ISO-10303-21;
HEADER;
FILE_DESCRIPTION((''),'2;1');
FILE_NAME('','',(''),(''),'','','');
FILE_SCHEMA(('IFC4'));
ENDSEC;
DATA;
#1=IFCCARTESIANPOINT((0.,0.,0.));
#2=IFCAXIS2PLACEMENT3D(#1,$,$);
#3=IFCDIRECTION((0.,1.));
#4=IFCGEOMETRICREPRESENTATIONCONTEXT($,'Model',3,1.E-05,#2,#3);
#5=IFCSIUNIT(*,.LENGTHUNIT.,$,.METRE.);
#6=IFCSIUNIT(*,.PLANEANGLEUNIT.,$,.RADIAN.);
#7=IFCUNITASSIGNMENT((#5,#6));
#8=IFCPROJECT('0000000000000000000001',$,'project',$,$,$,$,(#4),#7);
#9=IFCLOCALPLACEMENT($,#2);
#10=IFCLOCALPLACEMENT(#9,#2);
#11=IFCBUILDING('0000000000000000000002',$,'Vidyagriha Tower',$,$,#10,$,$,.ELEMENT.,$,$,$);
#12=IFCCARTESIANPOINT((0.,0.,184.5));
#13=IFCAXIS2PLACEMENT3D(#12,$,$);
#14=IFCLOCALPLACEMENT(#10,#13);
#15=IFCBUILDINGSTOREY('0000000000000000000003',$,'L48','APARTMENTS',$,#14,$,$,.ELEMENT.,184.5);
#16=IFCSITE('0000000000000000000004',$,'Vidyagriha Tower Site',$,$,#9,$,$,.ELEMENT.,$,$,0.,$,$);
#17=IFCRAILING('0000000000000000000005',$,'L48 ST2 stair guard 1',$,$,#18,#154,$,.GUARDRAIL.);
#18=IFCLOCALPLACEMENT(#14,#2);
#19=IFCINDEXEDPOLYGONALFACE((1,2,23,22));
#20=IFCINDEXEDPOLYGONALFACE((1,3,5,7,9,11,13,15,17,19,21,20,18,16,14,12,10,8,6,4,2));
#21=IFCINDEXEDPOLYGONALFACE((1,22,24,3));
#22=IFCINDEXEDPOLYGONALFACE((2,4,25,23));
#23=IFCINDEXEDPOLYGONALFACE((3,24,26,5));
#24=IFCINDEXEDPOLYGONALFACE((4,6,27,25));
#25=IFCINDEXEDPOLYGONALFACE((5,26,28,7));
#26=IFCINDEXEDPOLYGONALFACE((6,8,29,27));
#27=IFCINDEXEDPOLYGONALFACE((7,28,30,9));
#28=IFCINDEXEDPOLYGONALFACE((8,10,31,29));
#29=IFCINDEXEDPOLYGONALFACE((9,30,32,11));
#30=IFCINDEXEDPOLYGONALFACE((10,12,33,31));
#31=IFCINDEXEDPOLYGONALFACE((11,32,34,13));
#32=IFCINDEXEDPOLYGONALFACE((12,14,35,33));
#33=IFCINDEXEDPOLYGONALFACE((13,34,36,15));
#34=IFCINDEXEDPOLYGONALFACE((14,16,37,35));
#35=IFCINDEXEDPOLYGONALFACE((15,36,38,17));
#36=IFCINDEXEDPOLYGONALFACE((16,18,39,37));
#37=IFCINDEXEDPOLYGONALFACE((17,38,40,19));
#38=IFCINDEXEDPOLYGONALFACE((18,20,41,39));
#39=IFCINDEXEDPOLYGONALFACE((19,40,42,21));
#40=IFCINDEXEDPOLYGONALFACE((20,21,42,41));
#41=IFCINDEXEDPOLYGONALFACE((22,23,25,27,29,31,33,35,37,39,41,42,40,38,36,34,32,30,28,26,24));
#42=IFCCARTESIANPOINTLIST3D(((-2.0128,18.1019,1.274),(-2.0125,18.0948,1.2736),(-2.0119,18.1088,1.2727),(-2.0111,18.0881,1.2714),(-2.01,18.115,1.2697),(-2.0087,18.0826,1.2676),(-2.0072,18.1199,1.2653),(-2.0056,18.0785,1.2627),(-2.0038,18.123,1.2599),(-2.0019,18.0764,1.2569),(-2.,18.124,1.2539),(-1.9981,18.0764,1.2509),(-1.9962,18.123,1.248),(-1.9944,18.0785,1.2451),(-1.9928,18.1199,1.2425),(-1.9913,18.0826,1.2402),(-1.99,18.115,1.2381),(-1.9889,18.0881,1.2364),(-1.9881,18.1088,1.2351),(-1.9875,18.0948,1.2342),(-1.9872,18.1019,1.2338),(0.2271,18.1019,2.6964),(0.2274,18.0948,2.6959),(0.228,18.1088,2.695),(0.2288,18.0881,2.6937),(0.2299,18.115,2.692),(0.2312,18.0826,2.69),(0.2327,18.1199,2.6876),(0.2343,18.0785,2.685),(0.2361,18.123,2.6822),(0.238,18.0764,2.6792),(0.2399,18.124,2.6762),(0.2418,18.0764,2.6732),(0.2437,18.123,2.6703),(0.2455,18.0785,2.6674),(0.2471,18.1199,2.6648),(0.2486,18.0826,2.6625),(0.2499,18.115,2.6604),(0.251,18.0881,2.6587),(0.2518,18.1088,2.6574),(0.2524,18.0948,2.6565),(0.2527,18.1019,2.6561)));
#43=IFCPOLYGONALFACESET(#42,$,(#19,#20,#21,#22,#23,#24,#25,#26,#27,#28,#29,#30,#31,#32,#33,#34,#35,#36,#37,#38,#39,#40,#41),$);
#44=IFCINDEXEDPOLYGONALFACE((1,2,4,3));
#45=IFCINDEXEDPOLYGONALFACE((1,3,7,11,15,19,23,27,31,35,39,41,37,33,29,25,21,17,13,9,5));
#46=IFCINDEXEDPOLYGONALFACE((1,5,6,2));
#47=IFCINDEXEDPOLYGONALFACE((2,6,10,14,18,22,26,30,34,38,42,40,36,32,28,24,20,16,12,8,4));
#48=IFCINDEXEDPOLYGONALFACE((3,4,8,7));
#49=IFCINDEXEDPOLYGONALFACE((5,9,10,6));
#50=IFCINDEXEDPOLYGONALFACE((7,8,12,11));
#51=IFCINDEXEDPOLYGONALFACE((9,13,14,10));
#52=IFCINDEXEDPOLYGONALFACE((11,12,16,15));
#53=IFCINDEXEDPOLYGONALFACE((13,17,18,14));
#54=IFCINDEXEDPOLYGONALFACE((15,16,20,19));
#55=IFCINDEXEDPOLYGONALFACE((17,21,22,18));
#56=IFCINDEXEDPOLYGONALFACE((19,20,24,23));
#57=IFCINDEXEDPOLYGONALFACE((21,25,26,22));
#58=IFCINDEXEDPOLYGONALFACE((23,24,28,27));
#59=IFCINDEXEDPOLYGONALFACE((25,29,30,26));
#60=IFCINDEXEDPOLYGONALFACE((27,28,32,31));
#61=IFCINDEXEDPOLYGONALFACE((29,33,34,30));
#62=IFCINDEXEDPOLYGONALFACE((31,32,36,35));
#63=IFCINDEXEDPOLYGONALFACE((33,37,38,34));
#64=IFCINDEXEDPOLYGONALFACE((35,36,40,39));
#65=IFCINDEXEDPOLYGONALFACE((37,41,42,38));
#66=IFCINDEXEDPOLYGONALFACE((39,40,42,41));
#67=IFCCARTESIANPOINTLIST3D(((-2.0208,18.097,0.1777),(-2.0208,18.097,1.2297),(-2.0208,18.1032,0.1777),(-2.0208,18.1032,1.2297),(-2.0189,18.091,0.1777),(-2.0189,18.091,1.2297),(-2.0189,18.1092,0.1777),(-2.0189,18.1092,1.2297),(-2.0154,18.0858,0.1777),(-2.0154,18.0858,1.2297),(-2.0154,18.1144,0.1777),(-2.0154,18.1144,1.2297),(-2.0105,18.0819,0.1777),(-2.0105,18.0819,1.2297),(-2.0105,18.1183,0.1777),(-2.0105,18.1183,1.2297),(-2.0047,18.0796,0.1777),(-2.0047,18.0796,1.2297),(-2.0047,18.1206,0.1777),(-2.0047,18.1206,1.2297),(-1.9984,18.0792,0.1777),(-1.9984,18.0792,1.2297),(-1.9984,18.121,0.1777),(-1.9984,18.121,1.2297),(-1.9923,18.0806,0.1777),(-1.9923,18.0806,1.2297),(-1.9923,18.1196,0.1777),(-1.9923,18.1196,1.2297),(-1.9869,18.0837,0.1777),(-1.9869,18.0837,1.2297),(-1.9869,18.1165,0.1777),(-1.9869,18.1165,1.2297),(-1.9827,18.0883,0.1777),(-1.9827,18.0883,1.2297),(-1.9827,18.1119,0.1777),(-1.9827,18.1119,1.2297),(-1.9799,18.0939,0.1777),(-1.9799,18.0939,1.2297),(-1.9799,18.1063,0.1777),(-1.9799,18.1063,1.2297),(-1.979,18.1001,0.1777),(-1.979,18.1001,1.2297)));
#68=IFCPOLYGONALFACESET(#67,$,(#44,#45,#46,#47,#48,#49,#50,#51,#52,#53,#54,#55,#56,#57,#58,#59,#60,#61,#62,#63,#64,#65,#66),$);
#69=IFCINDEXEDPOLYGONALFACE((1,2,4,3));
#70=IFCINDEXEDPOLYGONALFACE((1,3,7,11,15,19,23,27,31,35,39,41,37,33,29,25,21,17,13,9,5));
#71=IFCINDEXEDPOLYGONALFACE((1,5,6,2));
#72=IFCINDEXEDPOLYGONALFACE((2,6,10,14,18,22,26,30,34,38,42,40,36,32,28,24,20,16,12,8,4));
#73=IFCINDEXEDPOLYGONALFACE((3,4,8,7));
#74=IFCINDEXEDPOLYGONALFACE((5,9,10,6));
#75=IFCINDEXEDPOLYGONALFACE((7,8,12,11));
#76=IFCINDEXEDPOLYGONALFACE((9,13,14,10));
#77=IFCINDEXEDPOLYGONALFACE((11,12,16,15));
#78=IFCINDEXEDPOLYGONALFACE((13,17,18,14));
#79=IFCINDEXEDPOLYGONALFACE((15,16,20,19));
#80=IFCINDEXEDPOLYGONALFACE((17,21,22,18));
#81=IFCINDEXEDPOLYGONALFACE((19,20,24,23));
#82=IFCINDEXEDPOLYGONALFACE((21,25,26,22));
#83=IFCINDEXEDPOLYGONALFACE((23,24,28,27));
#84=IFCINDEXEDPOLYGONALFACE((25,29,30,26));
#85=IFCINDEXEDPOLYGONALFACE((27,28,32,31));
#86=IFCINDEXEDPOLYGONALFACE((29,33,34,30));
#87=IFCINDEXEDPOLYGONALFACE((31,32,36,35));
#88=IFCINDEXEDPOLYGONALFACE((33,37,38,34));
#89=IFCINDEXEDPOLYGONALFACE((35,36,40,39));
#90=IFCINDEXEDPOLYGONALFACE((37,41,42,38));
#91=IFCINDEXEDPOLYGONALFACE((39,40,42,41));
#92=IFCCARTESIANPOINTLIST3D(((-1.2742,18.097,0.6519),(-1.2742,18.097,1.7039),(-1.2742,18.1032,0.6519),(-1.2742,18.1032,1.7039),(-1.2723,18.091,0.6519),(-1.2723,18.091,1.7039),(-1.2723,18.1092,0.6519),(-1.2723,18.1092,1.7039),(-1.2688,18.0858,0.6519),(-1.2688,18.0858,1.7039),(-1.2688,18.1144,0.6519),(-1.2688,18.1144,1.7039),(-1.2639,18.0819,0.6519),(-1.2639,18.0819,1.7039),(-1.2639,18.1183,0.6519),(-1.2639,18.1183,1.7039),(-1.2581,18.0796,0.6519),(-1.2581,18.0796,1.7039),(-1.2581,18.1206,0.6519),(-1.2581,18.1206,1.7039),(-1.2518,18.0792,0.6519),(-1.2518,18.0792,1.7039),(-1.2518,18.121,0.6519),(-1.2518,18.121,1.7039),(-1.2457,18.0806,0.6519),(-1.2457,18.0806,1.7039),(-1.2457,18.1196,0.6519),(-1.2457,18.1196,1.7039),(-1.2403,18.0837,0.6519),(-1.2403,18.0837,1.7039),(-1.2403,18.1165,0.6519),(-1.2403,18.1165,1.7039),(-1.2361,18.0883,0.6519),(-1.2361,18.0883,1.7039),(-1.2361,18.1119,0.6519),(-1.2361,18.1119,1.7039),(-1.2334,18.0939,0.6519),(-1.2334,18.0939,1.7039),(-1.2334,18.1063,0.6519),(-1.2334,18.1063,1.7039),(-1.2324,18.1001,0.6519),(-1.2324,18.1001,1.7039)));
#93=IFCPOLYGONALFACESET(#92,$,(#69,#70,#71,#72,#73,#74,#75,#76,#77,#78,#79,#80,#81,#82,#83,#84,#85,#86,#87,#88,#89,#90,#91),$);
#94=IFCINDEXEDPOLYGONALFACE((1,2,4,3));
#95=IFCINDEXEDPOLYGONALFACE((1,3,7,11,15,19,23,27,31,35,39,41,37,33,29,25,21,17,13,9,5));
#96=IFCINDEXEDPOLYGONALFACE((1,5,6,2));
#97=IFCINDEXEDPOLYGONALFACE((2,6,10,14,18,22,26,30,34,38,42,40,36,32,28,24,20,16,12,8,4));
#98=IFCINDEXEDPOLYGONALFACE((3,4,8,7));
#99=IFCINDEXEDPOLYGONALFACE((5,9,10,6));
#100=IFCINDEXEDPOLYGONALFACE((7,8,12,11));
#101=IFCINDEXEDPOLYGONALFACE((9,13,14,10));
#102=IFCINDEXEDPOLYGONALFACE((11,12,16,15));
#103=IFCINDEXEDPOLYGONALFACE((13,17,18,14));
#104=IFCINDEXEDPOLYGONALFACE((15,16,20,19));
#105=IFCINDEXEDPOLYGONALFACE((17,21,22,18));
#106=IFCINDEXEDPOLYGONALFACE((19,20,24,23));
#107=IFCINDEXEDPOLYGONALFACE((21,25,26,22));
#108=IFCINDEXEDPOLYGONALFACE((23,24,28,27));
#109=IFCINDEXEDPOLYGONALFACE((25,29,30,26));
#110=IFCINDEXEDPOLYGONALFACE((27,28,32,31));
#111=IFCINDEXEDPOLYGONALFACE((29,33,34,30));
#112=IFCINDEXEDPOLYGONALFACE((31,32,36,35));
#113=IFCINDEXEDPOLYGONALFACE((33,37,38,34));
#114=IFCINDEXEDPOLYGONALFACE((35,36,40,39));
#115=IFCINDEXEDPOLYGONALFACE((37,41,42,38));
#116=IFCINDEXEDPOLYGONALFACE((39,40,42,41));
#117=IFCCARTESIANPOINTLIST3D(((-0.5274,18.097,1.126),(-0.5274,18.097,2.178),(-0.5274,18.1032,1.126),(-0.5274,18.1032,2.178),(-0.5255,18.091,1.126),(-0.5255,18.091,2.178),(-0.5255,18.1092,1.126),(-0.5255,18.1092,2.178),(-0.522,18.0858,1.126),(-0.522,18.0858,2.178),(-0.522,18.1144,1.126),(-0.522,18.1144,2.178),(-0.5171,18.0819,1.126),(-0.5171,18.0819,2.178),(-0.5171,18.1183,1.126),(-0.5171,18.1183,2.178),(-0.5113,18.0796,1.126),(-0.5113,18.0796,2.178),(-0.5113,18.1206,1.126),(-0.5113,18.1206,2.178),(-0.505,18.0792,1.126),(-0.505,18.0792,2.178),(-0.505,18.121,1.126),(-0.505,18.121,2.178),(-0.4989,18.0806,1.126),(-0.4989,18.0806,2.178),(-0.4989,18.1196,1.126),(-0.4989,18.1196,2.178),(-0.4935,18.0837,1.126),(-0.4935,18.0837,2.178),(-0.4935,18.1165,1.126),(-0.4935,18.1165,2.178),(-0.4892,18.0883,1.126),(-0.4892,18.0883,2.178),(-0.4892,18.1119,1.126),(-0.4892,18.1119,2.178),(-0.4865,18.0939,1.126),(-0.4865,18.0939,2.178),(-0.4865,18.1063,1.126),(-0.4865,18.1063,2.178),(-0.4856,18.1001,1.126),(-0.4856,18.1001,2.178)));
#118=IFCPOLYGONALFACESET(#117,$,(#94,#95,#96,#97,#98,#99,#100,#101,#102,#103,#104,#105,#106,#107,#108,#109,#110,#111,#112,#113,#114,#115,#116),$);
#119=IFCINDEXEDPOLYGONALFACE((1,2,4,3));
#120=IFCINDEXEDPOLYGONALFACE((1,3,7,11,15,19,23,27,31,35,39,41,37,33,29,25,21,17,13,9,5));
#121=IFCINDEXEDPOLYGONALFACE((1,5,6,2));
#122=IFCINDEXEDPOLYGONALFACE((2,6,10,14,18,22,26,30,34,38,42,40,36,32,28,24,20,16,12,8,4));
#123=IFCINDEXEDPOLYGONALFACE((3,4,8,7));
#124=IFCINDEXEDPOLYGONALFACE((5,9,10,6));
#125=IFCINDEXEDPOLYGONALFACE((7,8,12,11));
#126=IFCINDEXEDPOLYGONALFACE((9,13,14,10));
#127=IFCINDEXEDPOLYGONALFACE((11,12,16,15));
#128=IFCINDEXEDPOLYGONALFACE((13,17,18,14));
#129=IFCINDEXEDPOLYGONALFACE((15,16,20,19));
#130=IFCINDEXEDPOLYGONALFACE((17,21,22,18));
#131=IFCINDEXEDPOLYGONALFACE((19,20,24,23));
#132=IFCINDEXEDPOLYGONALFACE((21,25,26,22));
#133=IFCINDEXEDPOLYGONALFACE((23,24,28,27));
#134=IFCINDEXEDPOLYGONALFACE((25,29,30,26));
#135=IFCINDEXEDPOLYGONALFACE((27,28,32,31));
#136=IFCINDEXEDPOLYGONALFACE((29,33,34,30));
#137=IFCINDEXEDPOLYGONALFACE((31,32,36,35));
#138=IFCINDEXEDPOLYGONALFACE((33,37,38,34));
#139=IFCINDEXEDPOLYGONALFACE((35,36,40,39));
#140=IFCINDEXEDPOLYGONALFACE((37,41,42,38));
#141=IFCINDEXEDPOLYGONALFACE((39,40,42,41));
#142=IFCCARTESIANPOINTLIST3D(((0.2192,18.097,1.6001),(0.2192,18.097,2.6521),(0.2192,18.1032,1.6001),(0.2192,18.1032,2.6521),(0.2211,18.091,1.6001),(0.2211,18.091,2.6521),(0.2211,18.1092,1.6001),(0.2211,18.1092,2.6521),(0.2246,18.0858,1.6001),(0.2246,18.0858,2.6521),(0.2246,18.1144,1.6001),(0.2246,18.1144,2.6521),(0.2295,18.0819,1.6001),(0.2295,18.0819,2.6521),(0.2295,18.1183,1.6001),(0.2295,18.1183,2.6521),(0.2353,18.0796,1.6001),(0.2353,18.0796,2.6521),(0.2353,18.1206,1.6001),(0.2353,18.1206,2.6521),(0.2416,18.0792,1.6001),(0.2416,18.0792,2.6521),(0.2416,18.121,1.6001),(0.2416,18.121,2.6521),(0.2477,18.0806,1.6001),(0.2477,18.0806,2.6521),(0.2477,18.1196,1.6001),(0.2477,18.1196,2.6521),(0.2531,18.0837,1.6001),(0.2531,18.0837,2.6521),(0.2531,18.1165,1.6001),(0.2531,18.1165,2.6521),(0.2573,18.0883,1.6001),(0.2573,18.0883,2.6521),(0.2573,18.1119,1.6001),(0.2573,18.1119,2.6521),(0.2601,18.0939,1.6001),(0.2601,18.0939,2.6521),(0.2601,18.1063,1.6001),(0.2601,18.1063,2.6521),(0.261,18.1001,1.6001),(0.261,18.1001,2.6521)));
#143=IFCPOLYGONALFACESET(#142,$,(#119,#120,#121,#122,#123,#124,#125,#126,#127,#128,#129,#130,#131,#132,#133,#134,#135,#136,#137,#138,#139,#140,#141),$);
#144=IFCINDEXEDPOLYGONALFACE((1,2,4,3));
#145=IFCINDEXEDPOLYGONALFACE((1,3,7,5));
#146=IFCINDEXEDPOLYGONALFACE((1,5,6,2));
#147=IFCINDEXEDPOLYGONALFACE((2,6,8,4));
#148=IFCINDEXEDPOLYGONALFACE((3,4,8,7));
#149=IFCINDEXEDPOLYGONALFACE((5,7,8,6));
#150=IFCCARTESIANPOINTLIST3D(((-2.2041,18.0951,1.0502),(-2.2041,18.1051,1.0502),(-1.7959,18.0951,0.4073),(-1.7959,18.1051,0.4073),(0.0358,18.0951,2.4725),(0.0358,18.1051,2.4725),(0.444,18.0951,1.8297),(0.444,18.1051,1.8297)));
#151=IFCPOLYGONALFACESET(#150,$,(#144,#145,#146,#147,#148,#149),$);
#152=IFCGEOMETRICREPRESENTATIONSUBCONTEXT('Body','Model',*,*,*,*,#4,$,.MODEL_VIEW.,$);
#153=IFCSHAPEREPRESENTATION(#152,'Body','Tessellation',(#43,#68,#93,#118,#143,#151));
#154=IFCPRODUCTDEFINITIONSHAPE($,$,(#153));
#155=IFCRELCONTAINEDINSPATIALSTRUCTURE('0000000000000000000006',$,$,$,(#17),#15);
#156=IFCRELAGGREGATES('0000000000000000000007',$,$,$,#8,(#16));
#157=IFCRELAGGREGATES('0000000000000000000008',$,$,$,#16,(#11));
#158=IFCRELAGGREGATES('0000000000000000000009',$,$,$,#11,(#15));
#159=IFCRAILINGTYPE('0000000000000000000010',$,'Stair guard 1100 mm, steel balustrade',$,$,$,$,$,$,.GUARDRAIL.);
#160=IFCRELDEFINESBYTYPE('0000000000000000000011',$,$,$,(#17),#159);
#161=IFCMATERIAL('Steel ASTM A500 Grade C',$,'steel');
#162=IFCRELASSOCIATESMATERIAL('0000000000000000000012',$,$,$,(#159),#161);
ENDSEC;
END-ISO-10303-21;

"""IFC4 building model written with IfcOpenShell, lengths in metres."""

from ifc_helpers import new_model, si_unit, direction, frame, origin, origin_2d, place, context, subcontext, project, spatial, rectangle, circle, extrude, material, type_object, element, save


model = new_model("IFC4")

# Units and contexts
model_context = context("Model", 3, precision=1e-05, world=origin(), true_north=direction((0.0, 1.0)))
body_context = subcontext(model_context, "Body", "Model", "MODEL_VIEW")
ifc_project = project(units=[si_unit("LENGTHUNIT", "METRE"), si_unit("PLANEANGLEUNIT", "RADIAN")], contexts=[model_context])

# Site, building, storey
site_placement = place(None, origin())
site = spatial("IfcSite", under=ifc_project, at=site_placement, Name="Vidyagriha Tower Site", CompositionType="ELEMENT", RefElevation=0.0)
building_placement = place(site_placement, origin())
building = spatial("IfcBuilding", under=site, at=building_placement, Name="Vidyagriha Tower", CompositionType="ELEMENT")
storey_placement = place(building_placement, frame((0.0, 0.0, 184.5)))
storey = spatial("IfcBuildingStorey", under=building, at=storey_placement, Name="L48", Description="APARTMENTS", CompositionType="ELEMENT", Elevation=184.5)

# Railing
ifc_material_1 = material(Name="Steel ASTM A500 Grade C", Category="steel")
railing_type_1 = type_object("IfcRailingType", Name="Stair guard 1100 mm, steel balustrade", PredefinedType="GUARDRAIL", material=ifc_material_1)
railing_1_placement = place(storey_placement, frame((-2.0, 18.1001, 0.1777)))
element("IfcRailing", 1, at=railing_1_placement, inside=storey, type_object=railing_type_1, Name="L48 ST2 stair guard 1", PredefinedType="GUARDRAIL", context=body_context, shape_type="SweptSolid", body=[
    extrude(circle(Radius=0.0239, at=origin_2d()), frame((0.0, 0.0, 1.0762), z_axis=(0.844188, 0.0, 0.536048), x_axis=(0.0, 1.0, 0.0)), (0.0, 0.0, 1.0), 2.6533),
    extrude(circle(Radius=0.021, at=origin_2d()), origin(), (0.0, 0.0, 1.0), 1.052),
    extrude(circle(Radius=0.021, at=origin_2d()), frame((0.7466, 0.0, 0.4741)), (0.0, 0.0, 1.0), 1.052),
    extrude(circle(Radius=0.021, at=origin_2d()), frame((1.4934, 0.0, 0.9482)), (0.0, 0.0, 1.0), 1.052),
    extrude(circle(Radius=0.021, at=origin_2d()), frame((2.24, 0.0, 1.4224)), (0.0, 0.0, 1.0), 1.052),
    extrude(rectangle(XDim=0.01, YDim=0.7615, at=origin_2d()), frame((0.0, 0.0, 0.551), z_axis=(0.844188, 0.0, 0.536048), x_axis=(0.0, 1.0, 0.0)), (0.0, 0.0, 1.0), 2.6533),
])

save(model, "model.ifc")
